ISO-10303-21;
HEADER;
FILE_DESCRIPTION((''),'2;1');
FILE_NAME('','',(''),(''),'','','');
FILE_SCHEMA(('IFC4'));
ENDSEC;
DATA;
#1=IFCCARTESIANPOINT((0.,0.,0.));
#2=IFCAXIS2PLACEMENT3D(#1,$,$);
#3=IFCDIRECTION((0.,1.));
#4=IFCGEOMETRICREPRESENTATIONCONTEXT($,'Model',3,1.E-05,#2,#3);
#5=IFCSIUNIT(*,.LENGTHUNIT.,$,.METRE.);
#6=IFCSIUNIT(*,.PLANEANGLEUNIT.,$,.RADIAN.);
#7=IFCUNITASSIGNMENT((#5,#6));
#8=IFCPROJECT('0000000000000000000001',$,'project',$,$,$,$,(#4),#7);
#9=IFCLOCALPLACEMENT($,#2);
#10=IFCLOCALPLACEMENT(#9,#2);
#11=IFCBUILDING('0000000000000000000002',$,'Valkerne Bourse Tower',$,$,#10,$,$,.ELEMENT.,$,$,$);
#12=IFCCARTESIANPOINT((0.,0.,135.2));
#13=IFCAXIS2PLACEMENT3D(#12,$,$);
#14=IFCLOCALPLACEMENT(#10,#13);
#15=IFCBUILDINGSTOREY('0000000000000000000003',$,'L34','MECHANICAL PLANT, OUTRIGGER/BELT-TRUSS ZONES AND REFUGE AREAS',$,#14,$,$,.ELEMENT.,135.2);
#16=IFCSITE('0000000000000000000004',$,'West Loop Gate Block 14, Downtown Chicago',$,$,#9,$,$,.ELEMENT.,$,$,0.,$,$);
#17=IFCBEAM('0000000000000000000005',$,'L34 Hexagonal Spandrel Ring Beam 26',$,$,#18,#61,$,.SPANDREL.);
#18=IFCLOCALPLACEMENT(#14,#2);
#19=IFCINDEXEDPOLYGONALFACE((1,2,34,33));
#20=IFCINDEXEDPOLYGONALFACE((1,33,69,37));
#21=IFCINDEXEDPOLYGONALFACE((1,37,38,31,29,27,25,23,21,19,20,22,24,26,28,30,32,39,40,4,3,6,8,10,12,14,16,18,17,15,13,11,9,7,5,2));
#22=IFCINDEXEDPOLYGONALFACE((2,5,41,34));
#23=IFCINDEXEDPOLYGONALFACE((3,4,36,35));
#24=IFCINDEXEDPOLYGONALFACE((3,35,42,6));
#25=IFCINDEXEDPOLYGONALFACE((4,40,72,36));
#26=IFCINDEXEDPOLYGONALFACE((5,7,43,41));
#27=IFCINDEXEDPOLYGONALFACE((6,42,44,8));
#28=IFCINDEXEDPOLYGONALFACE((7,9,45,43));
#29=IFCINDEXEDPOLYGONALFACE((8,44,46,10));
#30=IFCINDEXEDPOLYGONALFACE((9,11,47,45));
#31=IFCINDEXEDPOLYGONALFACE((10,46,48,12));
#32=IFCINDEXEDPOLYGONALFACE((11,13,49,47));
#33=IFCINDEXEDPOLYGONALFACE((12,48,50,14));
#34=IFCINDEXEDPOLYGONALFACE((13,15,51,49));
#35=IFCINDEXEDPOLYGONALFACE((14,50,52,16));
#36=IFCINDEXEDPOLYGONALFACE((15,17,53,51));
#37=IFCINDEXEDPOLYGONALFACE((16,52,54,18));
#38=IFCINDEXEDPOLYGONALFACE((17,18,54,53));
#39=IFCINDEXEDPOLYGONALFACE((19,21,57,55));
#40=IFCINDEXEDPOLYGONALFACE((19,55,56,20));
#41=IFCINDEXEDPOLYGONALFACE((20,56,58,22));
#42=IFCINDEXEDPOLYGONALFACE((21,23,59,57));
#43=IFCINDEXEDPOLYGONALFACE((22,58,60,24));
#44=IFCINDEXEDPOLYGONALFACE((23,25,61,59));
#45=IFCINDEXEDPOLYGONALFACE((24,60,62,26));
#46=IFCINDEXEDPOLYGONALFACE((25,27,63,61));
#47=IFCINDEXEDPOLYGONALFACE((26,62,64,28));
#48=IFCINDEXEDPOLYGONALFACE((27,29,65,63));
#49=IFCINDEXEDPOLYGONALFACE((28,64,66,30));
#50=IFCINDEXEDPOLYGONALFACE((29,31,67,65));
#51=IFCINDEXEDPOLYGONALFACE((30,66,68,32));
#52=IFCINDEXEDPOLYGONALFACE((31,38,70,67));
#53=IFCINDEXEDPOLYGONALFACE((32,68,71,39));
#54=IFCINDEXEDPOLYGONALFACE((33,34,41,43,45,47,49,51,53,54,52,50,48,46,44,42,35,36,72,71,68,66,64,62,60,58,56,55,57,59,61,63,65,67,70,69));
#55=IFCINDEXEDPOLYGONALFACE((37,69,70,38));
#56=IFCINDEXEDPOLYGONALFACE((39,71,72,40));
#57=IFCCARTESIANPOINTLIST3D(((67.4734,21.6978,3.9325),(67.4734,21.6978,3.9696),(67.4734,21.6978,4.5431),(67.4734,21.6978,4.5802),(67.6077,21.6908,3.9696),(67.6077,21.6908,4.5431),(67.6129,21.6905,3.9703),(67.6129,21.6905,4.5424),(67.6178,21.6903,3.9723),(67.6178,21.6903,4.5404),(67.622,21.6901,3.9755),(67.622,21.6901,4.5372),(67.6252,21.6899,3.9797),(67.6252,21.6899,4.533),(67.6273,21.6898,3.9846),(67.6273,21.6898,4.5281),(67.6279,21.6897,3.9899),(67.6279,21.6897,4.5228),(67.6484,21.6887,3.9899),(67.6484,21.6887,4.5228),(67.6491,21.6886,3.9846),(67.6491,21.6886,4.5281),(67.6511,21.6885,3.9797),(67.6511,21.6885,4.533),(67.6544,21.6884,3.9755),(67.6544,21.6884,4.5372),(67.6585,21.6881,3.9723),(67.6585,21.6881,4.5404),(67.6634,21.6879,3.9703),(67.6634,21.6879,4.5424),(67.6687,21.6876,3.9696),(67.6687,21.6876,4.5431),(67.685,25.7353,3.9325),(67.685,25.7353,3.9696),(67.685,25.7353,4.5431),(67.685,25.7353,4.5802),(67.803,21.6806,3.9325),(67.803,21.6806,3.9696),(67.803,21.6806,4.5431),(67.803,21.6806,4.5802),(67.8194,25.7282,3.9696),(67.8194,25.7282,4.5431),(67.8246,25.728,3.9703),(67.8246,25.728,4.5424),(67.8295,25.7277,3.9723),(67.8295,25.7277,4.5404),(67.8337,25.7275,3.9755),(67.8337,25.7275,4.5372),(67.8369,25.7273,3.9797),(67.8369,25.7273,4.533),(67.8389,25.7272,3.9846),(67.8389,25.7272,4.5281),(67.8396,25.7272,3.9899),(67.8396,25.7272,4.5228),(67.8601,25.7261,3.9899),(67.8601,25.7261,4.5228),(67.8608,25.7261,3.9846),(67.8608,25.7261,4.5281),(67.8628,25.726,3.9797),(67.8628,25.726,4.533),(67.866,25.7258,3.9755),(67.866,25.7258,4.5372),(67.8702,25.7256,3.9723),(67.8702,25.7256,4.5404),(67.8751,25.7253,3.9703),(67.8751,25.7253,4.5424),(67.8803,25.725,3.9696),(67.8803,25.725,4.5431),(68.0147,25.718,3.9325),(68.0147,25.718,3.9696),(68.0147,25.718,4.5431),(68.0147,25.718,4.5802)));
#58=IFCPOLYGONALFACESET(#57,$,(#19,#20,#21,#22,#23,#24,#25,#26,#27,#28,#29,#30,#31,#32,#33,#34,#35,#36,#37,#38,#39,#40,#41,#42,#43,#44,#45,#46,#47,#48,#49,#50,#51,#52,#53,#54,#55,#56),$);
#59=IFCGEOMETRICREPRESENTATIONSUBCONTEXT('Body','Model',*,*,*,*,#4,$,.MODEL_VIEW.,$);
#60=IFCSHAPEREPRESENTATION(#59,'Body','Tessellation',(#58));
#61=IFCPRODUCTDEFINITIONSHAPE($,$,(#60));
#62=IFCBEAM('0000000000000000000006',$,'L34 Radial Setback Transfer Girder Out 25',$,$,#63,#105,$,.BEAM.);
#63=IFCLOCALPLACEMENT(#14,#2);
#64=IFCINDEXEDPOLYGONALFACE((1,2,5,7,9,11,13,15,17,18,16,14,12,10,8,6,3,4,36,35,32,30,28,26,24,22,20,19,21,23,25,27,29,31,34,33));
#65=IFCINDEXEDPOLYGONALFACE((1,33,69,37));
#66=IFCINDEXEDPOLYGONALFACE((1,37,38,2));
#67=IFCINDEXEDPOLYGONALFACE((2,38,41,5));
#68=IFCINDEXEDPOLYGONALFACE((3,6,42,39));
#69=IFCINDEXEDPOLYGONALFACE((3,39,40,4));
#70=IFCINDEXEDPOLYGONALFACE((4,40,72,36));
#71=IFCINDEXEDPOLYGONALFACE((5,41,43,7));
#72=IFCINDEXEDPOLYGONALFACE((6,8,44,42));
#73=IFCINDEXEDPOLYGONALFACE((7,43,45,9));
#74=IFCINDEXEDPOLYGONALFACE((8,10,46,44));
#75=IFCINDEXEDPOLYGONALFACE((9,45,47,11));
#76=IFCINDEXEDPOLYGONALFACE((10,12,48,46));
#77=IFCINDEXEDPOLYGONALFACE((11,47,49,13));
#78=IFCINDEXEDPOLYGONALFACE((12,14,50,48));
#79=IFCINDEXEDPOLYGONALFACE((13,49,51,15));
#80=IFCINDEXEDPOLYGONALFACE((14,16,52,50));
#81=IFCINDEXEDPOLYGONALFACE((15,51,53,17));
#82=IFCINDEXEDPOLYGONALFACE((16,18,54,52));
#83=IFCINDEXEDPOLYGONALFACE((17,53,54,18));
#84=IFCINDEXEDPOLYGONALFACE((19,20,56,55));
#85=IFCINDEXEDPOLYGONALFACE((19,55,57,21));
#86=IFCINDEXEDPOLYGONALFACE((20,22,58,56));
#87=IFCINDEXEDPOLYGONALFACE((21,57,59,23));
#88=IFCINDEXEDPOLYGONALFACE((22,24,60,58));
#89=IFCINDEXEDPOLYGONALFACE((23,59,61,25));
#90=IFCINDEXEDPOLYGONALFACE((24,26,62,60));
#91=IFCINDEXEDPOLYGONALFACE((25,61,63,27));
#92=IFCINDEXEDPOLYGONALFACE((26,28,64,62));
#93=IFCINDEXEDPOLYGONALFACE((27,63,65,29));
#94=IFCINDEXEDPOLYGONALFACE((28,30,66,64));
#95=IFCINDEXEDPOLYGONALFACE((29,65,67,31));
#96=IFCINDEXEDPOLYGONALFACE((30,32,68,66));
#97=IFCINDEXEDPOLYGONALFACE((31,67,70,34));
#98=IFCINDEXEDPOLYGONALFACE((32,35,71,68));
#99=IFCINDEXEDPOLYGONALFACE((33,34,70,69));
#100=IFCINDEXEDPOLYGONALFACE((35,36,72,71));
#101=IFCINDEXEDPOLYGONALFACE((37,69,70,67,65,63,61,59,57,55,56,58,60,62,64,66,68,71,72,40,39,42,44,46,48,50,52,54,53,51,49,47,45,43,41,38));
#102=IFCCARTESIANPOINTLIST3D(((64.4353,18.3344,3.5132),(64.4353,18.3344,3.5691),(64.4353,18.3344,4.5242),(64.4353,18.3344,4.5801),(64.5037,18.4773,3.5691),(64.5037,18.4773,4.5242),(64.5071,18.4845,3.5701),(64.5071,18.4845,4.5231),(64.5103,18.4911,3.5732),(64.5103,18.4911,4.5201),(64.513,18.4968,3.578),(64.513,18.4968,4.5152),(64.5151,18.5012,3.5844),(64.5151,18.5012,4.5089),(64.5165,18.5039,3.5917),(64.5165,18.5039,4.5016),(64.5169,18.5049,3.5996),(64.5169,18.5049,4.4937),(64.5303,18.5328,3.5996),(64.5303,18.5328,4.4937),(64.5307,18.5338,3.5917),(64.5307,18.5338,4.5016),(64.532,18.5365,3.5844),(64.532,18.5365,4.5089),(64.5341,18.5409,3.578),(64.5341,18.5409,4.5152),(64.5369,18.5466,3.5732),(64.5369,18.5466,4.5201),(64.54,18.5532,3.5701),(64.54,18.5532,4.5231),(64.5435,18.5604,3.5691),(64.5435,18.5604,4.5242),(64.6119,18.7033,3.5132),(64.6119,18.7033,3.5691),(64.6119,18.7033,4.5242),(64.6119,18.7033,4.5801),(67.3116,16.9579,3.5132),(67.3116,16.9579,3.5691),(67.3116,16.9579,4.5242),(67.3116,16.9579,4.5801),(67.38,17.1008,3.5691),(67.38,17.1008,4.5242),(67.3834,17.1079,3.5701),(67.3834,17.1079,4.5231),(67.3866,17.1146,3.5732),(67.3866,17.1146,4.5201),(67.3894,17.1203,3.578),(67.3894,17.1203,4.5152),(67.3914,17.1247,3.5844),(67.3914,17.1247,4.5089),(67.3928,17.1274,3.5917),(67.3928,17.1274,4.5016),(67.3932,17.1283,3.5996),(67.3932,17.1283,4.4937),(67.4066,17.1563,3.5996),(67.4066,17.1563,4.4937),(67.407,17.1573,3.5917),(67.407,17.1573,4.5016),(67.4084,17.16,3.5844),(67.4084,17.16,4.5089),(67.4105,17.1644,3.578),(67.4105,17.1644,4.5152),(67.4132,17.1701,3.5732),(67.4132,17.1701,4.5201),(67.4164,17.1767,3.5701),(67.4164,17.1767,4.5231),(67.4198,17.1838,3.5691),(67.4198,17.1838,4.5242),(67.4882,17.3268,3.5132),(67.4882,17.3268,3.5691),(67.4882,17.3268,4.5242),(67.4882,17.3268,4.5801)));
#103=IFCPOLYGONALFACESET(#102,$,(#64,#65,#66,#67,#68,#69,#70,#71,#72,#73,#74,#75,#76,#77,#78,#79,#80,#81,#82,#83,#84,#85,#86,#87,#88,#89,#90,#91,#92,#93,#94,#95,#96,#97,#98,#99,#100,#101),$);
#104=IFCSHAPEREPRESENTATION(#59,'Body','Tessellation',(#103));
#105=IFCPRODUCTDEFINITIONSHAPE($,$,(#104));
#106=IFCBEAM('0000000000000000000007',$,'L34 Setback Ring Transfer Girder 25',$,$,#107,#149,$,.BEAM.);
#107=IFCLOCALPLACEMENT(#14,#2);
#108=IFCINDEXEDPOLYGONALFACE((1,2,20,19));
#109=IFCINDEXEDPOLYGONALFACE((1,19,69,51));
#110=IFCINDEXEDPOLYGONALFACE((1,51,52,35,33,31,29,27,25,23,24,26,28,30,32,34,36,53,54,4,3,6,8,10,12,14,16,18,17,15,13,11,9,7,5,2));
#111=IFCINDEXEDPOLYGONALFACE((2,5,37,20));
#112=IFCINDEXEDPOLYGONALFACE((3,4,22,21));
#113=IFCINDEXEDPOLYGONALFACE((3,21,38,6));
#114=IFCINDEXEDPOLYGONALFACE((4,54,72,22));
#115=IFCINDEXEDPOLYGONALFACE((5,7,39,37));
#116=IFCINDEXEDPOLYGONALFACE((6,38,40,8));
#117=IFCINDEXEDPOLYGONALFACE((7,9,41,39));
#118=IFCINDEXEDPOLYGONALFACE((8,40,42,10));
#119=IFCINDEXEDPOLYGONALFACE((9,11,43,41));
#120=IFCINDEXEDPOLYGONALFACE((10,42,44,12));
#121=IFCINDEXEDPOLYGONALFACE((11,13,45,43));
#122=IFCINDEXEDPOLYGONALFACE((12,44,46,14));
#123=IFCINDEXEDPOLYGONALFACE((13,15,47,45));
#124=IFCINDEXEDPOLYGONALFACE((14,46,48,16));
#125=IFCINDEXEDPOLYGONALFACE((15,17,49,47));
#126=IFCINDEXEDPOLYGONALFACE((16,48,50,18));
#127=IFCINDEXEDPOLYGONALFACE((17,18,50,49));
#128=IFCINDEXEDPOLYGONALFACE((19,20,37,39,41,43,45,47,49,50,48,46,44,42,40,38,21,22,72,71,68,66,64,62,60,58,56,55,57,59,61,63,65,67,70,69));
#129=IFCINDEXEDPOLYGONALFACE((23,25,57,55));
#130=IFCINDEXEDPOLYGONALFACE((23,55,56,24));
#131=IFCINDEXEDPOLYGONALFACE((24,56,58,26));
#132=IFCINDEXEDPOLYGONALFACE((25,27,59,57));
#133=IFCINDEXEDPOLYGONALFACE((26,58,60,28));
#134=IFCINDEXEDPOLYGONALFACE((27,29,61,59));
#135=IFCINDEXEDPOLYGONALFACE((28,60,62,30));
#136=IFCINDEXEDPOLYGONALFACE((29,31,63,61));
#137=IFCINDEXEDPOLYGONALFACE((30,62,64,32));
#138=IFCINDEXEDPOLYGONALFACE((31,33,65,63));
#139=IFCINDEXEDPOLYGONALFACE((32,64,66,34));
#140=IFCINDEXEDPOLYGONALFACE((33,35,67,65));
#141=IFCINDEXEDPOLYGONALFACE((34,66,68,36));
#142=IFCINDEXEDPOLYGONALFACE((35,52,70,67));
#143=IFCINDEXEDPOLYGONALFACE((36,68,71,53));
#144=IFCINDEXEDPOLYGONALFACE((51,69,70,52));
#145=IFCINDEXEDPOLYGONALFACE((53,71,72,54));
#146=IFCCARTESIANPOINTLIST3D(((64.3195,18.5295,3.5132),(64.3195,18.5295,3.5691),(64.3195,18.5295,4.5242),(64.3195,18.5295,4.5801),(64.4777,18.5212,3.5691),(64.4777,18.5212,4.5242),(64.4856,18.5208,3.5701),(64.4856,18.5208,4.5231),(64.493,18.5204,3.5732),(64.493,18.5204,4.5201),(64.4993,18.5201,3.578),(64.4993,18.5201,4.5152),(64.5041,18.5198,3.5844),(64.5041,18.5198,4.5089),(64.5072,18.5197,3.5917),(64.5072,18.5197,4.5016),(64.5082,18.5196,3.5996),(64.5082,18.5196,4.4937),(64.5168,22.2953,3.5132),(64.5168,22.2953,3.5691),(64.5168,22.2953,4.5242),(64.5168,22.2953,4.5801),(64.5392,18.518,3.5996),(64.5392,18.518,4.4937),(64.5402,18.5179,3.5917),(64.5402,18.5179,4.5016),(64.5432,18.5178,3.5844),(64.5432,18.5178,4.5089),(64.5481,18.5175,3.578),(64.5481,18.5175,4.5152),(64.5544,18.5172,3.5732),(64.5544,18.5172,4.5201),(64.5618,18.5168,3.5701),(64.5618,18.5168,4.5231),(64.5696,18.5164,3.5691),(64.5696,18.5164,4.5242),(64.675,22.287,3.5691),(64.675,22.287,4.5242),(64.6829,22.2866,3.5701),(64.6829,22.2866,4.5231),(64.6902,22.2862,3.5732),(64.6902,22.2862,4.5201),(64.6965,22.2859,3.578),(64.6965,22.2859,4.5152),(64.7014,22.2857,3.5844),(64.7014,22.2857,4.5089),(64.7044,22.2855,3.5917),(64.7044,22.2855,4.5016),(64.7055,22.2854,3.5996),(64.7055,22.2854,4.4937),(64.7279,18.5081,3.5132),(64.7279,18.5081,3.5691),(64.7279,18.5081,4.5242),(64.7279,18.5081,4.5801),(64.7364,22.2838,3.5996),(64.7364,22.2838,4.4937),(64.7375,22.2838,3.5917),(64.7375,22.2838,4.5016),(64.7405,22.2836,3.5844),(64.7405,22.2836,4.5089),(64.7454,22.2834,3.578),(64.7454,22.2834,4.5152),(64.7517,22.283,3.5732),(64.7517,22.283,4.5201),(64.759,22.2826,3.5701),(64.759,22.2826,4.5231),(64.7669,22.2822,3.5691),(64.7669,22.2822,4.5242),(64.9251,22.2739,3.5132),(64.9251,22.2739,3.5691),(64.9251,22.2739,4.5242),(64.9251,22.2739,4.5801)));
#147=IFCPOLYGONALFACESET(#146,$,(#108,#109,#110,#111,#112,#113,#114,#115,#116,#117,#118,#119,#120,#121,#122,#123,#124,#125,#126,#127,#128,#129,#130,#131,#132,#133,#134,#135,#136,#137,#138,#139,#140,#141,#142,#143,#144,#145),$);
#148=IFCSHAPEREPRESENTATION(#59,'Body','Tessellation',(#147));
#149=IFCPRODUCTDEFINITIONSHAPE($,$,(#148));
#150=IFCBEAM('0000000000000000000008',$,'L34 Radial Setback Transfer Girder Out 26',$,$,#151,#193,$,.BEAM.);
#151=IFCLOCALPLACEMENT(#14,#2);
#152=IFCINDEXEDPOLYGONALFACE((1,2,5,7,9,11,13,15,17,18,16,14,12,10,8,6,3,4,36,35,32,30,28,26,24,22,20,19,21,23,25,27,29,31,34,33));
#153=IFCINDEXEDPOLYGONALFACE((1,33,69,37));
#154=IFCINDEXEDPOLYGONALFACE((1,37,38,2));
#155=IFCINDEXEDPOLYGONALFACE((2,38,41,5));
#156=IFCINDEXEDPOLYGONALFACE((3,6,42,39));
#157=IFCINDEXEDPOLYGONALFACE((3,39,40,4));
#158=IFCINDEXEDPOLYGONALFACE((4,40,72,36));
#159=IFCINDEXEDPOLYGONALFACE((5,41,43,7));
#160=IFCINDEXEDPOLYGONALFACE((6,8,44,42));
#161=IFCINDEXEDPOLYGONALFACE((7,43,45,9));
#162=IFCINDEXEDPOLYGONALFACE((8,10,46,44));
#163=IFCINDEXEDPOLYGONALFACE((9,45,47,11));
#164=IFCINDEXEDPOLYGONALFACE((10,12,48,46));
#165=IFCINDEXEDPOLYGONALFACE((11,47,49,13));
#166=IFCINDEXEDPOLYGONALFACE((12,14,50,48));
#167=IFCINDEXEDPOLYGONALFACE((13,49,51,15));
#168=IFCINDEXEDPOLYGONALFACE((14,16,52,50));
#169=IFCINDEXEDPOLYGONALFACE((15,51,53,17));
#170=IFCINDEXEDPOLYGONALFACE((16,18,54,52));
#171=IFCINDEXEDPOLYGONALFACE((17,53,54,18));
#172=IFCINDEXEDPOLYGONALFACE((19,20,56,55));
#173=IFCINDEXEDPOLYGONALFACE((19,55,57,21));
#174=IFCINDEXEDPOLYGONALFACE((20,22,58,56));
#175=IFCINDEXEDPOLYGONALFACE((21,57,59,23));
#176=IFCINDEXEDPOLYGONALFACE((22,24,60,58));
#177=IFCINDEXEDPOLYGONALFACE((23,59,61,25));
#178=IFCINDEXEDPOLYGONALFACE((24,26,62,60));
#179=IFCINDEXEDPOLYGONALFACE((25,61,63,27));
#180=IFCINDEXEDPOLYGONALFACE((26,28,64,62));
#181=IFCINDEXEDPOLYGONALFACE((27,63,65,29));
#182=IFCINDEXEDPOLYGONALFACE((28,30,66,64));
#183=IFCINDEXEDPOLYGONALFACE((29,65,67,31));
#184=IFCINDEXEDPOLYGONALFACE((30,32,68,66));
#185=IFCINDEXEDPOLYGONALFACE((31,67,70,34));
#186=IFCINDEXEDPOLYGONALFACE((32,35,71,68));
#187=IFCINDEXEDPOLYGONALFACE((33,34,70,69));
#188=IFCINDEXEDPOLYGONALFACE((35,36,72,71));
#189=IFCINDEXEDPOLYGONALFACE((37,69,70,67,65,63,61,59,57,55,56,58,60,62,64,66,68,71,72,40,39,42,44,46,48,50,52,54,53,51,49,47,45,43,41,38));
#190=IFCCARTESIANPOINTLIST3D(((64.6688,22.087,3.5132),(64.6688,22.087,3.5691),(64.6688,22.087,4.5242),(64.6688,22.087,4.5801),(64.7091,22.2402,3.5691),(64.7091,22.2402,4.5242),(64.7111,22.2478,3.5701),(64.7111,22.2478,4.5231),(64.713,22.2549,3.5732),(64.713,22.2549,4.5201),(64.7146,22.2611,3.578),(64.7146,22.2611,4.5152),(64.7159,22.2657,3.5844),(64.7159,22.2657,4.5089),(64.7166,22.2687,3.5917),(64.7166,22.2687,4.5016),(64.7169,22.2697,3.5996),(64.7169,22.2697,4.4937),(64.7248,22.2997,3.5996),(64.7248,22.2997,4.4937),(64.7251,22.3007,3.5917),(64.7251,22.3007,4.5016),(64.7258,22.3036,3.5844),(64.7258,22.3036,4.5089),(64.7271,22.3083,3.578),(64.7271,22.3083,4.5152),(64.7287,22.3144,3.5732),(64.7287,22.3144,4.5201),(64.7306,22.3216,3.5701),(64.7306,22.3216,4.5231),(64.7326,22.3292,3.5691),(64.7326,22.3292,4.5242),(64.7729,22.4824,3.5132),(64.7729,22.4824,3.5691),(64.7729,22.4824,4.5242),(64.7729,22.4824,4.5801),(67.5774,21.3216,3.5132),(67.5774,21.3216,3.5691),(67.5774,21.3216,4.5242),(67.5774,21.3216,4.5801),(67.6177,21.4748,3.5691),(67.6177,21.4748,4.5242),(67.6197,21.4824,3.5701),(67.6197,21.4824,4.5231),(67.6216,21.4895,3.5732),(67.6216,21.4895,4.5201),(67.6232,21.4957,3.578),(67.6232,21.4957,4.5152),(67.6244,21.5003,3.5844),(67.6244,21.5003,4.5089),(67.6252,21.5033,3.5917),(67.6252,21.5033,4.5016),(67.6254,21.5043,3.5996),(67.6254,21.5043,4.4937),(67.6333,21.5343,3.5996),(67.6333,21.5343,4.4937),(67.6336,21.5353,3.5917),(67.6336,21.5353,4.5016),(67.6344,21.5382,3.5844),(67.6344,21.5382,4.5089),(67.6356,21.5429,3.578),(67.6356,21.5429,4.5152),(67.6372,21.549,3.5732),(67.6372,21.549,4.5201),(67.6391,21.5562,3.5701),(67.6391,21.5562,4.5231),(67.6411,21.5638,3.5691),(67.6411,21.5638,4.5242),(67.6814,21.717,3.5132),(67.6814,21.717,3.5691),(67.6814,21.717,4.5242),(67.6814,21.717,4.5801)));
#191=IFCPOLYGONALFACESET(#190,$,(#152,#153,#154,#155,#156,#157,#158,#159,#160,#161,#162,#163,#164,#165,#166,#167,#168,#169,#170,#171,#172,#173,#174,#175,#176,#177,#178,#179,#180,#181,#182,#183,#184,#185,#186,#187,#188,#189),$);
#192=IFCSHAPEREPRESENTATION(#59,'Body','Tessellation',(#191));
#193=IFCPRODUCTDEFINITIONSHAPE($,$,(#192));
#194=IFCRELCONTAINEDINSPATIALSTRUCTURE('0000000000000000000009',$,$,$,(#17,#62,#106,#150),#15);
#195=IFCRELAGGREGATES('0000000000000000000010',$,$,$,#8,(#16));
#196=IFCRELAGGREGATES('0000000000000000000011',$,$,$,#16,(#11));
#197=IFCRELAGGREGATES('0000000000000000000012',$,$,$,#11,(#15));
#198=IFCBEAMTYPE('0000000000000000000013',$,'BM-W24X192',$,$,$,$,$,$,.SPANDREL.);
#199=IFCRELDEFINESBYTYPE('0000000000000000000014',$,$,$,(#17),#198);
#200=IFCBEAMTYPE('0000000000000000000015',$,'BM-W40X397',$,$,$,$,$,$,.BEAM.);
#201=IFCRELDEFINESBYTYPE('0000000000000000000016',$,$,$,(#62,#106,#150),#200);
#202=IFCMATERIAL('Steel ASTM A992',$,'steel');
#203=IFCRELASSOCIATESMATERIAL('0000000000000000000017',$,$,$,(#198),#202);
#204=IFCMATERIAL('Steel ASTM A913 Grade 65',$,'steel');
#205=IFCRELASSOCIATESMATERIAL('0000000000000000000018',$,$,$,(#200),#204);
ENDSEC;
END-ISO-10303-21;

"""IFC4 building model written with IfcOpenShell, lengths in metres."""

from ifc_helpers import new_model, si_unit, direction, frame, origin, origin_2d, place, context, subcontext, project, spatial, i_section, extrude, material, material_profile, profile_set, type_object, element, save


model = new_model("IFC4")

# Units and contexts
model_context = context("Model", 3, precision=1e-05, world=origin(), true_north=direction((0.0, 1.0)))
body_context = subcontext(model_context, "Body", "Model", "MODEL_VIEW")
ifc_project = project(units=[si_unit("LENGTHUNIT", "METRE"), si_unit("PLANEANGLEUNIT", "RADIAN")], contexts=[model_context])

# Site, building, storey
site_placement = place(None, origin())
site = spatial("IfcSite", under=ifc_project, at=site_placement, Name="West Loop Gate Block 14, Downtown Chicago", CompositionType="ELEMENT", RefElevation=0.0)
building_placement = place(site_placement, origin())
building = spatial("IfcBuilding", under=site, at=building_placement, Name="Valkerne Bourse Tower", CompositionType="ELEMENT")
storey_placement = place(building_placement, frame((0.0, 0.0, 135.2)))
storey = spatial("IfcBuildingStorey", under=building, at=storey_placement, Name="L34", Description="MECHANICAL PLANT, OUTRIGGER/BELT-TRUSS ZONES AND REFUGE AREAS", CompositionType="ELEMENT", Elevation=135.2)

# Shared definitions
ifc_material_1 = material(Name="Steel ASTM A913 Grade 65", Category="steel")

# Beams
ifc_material_2 = material(Name="Steel ASTM A992", Category="steel")
ifc_material_profile_1 = material_profile(ifc_material_2, i_section(OverallWidth=0.3301, OverallDepth=0.6477, WebThickness=0.0205, FlangeThickness=0.0371, FilletRadius=0.0203, at=origin_2d()), Name="W24X192")
ifc_profile_set_1 = profile_set([ifc_material_profile_1], Name="Steel ASTM A992")
beam_type_1 = type_object("IfcBeamType", Name="BM-W24X192", PredefinedType="SPANDREL", material=ifc_profile_set_1)
for number, where, z_axis, x_axis, name in (
    (1, (67.6382, 21.6892, 4.2563), (0.052356, 0.998628, 0.0), (-0.998628, 0.052356, 0.0), "L34 Hexagonal Spandrel Ring Beam 26"),
):
    element("IfcBeam", number, at=place(storey_placement, frame(where, z_axis=z_axis, x_axis=x_axis)), inside=storey, type_object=beam_type_1, Name=name, PredefinedType="SPANDREL", context=body_context, shape_type="SweptSolid", body=[
        extrude(i_section(OverallWidth=0.3301, OverallDepth=0.6477, WebThickness=0.0205, FlangeThickness=0.0371, FilletRadius=0.0203, at=origin_2d()), origin(), (0.0, 0.0, 1.0), 4.043),
    ])
ifc_material_profile_2 = material_profile(ifc_material_1, i_section(OverallWidth=0.4089, OverallDepth=1.0669, WebThickness=0.031, FlangeThickness=0.0559, FilletRadius=0.0305, at=origin_2d()), Name="W40X397")
ifc_profile_set_2 = profile_set([ifc_material_profile_2], Name="Steel ASTM A913 Grade 65")
beam_type_2 = type_object("IfcBeamType", Name="BM-W40X397", PredefinedType="BEAM", material=ifc_profile_set_2)
beam_1_placement = place(storey_placement, frame((67.3999, 17.1423, 4.0466), z_axis=(-0.902027, 0.43168, 0.0), x_axis=(-0.43168, -0.902027, 0.0)))
element("IfcBeam", 2, at=beam_1_placement, inside=storey, type_object=beam_type_2, Name="L34 Radial Setback Transfer Girder Out 25", PredefinedType="BEAM", context=body_context, shape_type="SweptSolid", body=[
    extrude(i_section(OverallWidth=0.4089, OverallDepth=1.0669, WebThickness=0.031, FlangeThickness=0.0559, FilletRadius=0.0305, at=origin_2d()), origin(), (0.0, 0.0, 1.0), 3.1887),
])
beam_2_placement = place(storey_placement, frame((64.5237, 18.5188, 4.0466), z_axis=(0.052311, 0.998631, 0.0), x_axis=(-0.998631, 0.052311, 0.0)))
element("IfcBeam", 3, at=beam_2_placement, inside=storey, type_object=beam_type_2, Name="L34 Setback Ring Transfer Girder 25", PredefinedType="BEAM", context=body_context, shape_type="SweptSolid", body=[
    extrude(i_section(OverallWidth=0.4089, OverallDepth=1.0669, WebThickness=0.031, FlangeThickness=0.0559, FilletRadius=0.0305, at=origin_2d()), origin(), (0.0, 0.0, 1.0), 3.771),
])
beam_3_placement = place(storey_placement, frame((67.6294, 21.5193, 4.0466), z_axis=(-0.967075, 0.254493, 0.0), x_axis=(-0.254493, -0.967075, 0.0)))
element("IfcBeam", 4, at=beam_3_placement, inside=storey, type_object=beam_type_2, Name="L34 Radial Setback Transfer Girder Out 26", PredefinedType="BEAM", context=body_context, shape_type="SweptSolid", body=[
    extrude(i_section(OverallWidth=0.4089, OverallDepth=1.0669, WebThickness=0.031, FlangeThickness=0.0559, FilletRadius=0.0305, at=origin_2d()), origin(), (0.0, 0.0, 1.0), 3.0076),
])

save(model, "model.ifc")
